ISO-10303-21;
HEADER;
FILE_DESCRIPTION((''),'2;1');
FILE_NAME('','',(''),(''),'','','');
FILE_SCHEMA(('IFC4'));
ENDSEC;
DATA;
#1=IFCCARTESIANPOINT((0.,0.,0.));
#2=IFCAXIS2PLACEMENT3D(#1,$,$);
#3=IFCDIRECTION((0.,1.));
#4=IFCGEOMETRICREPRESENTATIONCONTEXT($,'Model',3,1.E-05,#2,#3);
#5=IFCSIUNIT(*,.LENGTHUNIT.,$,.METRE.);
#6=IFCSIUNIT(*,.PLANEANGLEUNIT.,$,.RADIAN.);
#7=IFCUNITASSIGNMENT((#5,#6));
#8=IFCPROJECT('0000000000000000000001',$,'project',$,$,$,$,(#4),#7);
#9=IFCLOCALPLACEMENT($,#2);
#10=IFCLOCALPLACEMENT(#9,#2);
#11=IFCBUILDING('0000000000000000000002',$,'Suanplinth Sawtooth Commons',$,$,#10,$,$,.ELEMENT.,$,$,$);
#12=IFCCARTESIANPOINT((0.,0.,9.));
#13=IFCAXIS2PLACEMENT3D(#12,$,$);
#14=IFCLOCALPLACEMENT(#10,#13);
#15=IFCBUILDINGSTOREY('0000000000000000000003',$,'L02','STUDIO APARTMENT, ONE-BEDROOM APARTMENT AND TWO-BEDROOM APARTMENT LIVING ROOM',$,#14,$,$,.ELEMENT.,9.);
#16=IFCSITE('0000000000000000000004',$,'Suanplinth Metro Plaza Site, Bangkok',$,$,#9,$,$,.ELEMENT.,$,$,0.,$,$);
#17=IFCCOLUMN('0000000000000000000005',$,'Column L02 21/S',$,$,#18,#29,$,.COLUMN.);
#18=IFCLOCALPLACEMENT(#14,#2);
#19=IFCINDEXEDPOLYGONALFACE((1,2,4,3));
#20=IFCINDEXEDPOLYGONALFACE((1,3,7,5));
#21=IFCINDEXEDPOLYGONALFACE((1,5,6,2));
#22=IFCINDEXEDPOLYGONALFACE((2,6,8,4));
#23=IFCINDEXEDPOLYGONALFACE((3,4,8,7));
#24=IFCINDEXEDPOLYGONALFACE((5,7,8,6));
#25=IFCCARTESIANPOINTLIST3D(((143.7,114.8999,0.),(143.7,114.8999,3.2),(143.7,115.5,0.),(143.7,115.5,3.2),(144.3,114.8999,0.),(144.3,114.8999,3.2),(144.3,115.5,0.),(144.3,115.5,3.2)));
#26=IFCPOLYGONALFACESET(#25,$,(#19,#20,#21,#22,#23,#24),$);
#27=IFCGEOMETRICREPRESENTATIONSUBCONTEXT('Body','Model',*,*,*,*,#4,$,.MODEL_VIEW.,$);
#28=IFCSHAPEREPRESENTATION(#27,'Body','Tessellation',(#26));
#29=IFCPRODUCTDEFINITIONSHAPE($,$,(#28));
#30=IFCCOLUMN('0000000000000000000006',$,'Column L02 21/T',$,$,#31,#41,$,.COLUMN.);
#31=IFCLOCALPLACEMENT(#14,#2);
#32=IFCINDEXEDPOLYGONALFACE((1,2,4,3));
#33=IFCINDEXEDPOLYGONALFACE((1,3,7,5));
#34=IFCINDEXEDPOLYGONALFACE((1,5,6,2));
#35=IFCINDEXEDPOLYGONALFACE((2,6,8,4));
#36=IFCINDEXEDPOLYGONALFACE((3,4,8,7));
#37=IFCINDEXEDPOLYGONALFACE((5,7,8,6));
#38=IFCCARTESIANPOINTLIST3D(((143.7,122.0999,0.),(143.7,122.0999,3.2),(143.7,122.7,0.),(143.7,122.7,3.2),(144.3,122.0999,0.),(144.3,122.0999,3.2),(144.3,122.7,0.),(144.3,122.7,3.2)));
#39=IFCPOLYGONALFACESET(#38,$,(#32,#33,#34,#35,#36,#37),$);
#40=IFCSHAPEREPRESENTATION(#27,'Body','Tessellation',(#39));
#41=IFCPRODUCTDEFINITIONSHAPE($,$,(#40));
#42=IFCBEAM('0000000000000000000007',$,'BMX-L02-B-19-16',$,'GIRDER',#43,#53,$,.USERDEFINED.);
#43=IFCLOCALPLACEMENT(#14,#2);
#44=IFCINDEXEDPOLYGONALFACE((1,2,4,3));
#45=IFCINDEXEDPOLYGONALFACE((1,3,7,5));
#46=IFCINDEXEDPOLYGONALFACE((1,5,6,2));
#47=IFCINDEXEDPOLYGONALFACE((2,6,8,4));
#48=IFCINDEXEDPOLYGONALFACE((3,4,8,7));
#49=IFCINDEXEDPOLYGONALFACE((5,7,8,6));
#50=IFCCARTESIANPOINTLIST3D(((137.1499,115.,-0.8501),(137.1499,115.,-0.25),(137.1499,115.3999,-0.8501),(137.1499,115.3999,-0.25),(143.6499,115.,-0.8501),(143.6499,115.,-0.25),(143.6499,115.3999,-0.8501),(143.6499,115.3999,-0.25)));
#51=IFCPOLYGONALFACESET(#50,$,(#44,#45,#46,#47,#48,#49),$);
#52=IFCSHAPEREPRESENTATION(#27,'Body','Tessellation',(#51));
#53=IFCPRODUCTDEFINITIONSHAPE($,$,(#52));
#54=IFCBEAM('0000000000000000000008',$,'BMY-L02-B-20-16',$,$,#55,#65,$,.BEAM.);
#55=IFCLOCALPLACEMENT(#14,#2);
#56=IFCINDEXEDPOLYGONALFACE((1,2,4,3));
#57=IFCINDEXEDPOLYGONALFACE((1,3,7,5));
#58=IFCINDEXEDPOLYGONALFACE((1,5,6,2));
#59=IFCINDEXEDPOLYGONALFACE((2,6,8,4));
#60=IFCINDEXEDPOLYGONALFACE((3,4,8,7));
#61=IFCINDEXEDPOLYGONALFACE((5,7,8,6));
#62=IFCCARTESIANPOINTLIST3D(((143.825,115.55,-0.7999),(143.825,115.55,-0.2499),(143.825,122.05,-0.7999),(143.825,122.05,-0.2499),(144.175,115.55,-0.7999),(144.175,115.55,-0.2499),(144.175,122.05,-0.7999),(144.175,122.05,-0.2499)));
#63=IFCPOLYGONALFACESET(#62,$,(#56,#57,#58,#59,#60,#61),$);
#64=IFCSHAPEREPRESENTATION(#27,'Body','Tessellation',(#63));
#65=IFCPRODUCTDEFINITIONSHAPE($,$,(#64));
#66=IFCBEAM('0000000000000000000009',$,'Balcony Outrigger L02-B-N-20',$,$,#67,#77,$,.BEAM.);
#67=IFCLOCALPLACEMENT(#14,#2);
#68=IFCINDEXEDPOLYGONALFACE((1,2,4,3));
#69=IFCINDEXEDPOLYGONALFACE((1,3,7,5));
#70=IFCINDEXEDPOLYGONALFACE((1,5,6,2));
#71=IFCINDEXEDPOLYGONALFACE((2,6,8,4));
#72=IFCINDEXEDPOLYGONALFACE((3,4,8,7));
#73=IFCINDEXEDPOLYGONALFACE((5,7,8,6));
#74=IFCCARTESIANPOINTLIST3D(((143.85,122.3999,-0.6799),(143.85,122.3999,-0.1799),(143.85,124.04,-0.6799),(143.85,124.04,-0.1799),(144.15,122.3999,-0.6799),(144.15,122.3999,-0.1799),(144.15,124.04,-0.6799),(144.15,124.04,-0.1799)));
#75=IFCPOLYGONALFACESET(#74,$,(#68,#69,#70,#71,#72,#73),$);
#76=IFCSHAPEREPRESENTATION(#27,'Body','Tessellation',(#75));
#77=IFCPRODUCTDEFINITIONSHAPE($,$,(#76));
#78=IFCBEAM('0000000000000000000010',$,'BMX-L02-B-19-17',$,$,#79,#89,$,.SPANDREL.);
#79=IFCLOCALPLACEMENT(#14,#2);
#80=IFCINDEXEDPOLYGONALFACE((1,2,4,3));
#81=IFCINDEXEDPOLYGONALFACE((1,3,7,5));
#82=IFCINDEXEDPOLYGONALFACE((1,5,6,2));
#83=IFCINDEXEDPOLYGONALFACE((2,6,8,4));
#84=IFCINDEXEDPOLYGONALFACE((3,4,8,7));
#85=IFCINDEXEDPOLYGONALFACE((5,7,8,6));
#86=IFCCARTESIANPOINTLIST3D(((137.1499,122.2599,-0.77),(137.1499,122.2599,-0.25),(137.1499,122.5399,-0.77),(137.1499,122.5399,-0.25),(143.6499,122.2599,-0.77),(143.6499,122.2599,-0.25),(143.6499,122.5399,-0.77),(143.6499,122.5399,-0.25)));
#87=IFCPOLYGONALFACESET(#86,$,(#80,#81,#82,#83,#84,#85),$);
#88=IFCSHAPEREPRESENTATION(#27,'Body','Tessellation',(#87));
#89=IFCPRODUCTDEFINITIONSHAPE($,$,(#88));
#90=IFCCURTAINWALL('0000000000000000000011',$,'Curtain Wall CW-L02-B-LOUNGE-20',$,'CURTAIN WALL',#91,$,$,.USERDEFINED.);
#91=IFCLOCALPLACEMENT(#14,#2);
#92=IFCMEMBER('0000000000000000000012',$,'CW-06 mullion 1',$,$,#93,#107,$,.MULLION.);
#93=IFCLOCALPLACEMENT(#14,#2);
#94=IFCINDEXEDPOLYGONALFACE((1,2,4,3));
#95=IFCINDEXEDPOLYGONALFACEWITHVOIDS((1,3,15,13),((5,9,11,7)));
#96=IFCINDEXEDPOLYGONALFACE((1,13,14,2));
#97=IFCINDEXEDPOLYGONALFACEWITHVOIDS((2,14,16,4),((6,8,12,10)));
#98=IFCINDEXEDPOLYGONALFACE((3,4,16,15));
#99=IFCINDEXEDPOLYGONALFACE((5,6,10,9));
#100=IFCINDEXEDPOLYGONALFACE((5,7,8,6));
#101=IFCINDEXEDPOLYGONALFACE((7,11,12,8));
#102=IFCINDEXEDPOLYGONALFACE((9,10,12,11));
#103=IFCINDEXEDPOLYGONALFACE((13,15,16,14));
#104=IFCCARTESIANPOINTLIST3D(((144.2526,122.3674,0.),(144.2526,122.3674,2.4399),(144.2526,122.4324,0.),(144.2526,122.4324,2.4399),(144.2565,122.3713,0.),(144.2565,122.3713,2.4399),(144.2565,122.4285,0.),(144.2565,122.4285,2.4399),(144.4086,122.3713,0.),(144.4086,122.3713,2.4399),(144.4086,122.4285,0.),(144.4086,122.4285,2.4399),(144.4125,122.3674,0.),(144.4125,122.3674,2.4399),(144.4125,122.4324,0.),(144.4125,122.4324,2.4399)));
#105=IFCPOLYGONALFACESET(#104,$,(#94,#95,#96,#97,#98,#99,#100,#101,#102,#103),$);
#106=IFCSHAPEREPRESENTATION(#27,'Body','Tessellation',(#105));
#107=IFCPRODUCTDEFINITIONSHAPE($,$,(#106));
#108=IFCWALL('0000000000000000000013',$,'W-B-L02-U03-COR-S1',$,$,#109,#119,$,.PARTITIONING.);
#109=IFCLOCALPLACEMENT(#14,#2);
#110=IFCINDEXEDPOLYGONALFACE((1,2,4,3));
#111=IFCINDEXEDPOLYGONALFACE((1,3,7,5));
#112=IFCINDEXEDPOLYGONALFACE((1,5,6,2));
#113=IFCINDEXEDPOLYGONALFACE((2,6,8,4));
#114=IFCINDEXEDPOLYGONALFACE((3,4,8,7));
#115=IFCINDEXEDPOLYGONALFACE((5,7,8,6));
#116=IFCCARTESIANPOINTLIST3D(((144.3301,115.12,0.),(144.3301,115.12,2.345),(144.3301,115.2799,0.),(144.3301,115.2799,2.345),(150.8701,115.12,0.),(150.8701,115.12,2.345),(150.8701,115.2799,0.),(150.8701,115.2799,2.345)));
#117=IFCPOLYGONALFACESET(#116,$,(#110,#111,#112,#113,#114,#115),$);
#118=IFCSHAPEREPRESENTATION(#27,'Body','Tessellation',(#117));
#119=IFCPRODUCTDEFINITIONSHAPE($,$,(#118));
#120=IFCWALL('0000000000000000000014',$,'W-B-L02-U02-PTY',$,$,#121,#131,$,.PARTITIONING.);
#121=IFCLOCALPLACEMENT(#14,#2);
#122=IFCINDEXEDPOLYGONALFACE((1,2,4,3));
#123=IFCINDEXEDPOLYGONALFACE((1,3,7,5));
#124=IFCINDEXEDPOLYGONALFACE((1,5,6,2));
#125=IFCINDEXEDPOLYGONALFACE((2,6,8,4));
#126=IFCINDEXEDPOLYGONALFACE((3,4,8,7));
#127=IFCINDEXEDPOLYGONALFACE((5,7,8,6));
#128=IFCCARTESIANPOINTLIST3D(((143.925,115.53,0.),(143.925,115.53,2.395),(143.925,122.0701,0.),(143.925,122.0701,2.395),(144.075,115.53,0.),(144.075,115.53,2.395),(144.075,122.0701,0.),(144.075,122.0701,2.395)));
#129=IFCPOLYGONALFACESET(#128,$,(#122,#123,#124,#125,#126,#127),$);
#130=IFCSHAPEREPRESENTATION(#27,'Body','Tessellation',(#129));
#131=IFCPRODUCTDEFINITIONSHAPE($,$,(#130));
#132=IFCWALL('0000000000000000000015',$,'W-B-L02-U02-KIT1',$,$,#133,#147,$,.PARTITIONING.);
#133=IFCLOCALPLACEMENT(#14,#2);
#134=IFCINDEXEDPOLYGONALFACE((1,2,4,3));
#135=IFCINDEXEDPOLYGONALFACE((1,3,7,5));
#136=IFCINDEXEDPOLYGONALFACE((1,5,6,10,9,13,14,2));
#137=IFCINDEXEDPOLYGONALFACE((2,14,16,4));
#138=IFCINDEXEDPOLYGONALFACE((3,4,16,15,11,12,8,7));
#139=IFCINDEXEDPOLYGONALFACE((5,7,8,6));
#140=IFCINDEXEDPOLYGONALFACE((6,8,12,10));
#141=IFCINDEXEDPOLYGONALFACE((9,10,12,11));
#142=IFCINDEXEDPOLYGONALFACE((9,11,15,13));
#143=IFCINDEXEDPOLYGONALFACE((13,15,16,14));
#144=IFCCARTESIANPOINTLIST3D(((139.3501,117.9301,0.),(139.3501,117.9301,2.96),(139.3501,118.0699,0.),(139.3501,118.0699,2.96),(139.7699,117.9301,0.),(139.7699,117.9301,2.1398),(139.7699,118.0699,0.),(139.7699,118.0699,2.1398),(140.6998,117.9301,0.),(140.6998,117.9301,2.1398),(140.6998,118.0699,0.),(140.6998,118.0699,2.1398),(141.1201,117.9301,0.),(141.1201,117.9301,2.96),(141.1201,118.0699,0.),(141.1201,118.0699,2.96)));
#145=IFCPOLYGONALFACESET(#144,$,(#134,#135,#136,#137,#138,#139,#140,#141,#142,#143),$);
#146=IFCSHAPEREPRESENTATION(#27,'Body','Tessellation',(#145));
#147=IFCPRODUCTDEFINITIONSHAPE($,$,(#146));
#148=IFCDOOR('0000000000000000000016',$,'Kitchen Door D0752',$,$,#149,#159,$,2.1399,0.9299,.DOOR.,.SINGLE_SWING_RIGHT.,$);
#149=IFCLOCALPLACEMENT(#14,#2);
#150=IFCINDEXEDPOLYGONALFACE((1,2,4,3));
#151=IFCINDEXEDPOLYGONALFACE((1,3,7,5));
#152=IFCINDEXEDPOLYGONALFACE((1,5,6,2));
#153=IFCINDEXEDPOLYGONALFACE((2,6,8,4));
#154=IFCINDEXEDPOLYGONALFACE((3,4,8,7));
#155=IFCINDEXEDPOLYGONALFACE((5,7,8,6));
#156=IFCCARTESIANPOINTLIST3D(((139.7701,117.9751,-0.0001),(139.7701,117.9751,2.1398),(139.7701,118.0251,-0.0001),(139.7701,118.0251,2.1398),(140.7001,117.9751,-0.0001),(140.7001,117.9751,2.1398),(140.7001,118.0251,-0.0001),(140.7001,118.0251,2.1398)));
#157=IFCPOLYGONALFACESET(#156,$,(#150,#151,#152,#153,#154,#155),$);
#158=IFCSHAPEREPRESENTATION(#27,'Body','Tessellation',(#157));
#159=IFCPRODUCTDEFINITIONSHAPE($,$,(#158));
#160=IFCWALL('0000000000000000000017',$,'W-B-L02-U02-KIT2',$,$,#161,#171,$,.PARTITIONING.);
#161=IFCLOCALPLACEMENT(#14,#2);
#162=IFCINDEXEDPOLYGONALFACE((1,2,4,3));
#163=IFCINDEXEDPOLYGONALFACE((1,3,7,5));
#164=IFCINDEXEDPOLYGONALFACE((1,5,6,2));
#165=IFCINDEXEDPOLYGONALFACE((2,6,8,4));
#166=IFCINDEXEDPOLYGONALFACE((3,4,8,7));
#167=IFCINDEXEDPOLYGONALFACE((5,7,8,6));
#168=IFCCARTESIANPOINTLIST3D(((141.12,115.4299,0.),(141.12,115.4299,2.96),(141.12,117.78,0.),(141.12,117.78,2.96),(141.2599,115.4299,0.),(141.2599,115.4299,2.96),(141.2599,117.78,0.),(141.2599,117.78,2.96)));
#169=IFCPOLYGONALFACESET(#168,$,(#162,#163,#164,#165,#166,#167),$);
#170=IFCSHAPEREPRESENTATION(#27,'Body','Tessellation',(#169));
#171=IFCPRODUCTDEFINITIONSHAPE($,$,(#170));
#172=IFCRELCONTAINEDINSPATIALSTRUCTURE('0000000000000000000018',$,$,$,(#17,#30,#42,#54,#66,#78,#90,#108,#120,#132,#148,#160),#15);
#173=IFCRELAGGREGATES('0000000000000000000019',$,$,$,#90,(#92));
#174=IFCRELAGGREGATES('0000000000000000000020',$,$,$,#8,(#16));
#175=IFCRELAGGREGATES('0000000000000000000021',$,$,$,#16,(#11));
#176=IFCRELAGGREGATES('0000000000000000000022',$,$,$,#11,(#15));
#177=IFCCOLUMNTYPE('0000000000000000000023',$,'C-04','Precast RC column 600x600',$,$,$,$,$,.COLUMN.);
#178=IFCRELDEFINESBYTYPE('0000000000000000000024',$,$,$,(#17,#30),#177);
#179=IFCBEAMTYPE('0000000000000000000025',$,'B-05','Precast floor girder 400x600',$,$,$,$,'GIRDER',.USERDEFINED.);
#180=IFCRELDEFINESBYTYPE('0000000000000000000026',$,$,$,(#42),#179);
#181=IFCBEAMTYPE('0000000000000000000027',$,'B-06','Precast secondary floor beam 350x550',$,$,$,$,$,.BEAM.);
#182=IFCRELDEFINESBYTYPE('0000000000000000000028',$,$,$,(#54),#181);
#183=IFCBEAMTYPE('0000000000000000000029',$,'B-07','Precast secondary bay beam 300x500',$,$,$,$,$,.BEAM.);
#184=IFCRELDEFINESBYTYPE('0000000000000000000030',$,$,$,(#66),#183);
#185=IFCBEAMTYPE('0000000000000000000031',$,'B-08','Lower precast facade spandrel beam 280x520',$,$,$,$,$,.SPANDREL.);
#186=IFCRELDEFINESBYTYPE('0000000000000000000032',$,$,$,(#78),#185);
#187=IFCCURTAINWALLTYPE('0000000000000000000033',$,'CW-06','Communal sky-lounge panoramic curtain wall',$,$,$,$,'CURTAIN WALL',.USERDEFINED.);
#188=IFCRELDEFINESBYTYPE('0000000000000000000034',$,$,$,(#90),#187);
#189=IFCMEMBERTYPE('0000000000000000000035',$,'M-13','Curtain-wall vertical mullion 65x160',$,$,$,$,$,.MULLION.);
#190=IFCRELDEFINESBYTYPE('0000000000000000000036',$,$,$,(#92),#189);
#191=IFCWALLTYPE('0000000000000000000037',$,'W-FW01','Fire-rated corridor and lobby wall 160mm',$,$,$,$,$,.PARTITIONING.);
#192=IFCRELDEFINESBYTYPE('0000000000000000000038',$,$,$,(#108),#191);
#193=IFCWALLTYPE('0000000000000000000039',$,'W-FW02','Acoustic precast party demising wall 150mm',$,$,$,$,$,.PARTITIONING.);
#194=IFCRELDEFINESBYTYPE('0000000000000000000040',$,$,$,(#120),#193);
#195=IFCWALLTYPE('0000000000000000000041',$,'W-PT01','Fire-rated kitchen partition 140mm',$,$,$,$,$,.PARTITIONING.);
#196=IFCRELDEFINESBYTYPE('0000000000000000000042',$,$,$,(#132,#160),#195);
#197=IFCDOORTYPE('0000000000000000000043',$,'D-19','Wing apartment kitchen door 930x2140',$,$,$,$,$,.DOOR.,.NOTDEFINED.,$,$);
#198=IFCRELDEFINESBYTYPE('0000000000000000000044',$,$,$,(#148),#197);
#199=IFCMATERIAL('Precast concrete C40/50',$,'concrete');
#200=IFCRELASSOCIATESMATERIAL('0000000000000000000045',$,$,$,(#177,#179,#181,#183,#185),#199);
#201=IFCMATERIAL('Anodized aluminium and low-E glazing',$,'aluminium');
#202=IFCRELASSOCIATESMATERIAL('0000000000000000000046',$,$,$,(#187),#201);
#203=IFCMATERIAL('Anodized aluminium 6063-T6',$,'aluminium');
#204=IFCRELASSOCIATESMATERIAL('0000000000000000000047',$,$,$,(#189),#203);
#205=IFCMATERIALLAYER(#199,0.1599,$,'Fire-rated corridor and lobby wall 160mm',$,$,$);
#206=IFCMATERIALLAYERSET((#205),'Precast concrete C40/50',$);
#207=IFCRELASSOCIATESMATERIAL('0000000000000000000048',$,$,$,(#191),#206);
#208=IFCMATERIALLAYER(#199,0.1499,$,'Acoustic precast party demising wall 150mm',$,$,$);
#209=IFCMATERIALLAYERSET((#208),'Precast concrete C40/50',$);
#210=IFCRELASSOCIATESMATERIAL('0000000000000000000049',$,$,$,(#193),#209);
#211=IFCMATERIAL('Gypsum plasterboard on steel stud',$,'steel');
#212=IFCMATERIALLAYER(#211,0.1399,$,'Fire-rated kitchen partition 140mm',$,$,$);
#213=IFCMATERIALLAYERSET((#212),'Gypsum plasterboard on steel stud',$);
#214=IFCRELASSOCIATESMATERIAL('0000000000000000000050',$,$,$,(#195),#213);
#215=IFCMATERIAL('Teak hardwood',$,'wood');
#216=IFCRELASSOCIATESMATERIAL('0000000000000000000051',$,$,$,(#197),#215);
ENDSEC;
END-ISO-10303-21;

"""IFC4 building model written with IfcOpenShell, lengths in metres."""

from ifc_helpers import new_model, si_unit, direction, frame, frame_2d, origin, origin_2d, place, context, subcontext, project, spatial, rectangle, hollow_rectangle, extrude, material, layer, layer_set, material_profile, profile_set, type_object, element, fill, aggregate, save


model = new_model("IFC4")

# Units and contexts
model_context = context("Model", 3, precision=1e-05, world=origin(), true_north=direction((0.0, 1.0)))
body_context = subcontext(model_context, "Body", "Model", "MODEL_VIEW")
ifc_project = project(units=[si_unit("LENGTHUNIT", "METRE"), si_unit("PLANEANGLEUNIT", "RADIAN")], contexts=[model_context])

# Site, building, storey
site_placement = place(None, origin())
site = spatial("IfcSite", under=ifc_project, at=site_placement, Name="Suanplinth Metro Plaza Site, Bangkok", CompositionType="ELEMENT", RefElevation=0.0)
building_placement = place(site_placement, origin())
building = spatial("IfcBuilding", under=site, at=building_placement, Name="Suanplinth Sawtooth Commons", CompositionType="ELEMENT")
storey_placement = place(building_placement, frame((0.0, 0.0, 9.0)))
storey = spatial("IfcBuildingStorey", under=building, at=storey_placement, Name="L02", Description="STUDIO APARTMENT, ONE-BEDROOM APARTMENT AND TWO-BEDROOM APARTMENT LIVING ROOM", CompositionType="ELEMENT", Elevation=9.0)

# Columns
ifc_material_1 = material(Name="Precast concrete C40/50", Category="concrete")
ifc_material_profile_1 = material_profile(ifc_material_1, rectangle(XDim=0.6001, YDim=0.6001, at=origin_2d()), Name="PC-COL 600x600")
ifc_profile_set_1 = profile_set([ifc_material_profile_1], Name="Precast concrete C40/50")
column_type = type_object("IfcColumnType", Name="C-04", Description="Precast RC column 600x600", PredefinedType="COLUMN", material=ifc_profile_set_1)
for number, where, z_axis, x_axis, name in (
    (1, (144.0, 115.2, 0.0), (0.0, 0.0, 1.0), (1.0, 0.0, 0.0), "Column L02 21/S"),
    (2, (144.0, 122.3999, 0.0), (0.0, 0.0, 1.0), (1.0, 0.0, 0.0), "Column L02 21/T"),
):
    element("IfcColumn", number, at=place(storey_placement, frame(where, z_axis=z_axis, x_axis=x_axis)), inside=storey, type_object=column_type, Name=name, PredefinedType="COLUMN", context=body_context, shape_type="SweptSolid", body=[
        extrude(rectangle(XDim=0.6001, YDim=0.6001, at=origin_2d()), origin(), (0.0, 0.0, 1.0), 3.2),
    ])

# Beams
ifc_material_profile_2 = material_profile(ifc_material_1, rectangle(XDim=0.3999, YDim=0.6001, at=origin_2d()), Name="PC-GDR 400x600")
ifc_profile_set_2 = profile_set([ifc_material_profile_2], Name="Precast concrete C40/50")
beam_type_1 = type_object("IfcBeamType", Name="B-05", Description="Precast floor girder 400x600", ElementType="GIRDER", PredefinedType="USERDEFINED", material=ifc_profile_set_2)
beam_1_placement = place(storey_placement, frame((137.1499, 115.2, -0.55), z_axis=(1.0, 0.0, 0.0), x_axis=(0.0, 1.0, 0.0)))
element("IfcBeam", 3, at=beam_1_placement, inside=storey, type_object=beam_type_1, Name="BMX-L02-B-19-16", ObjectType="GIRDER", PredefinedType="USERDEFINED", context=body_context, shape_type="SweptSolid", body=[
    extrude(rectangle(XDim=0.3999, YDim=0.6001, at=origin_2d()), origin(), (0.0, 0.0, 1.0), 6.5),
])
ifc_material_profile_3 = material_profile(ifc_material_1, rectangle(XDim=0.3501, YDim=0.55, at=origin_2d()), Name="PC-BM 350x550")
ifc_profile_set_3 = profile_set([ifc_material_profile_3], Name="Precast concrete C40/50")
beam_type_2 = type_object("IfcBeamType", Name="B-06", Description="Precast secondary floor beam 350x550", PredefinedType="BEAM", material=ifc_profile_set_3)
beam_2_placement = place(storey_placement, frame((144.0, 115.55, -0.5249), z_axis=(0.0, 1.0, 0.0), x_axis=(-1.0, 0.0, 0.0)))
element("IfcBeam", 4, at=beam_2_placement, inside=storey, type_object=beam_type_2, Name="BMY-L02-B-20-16", PredefinedType="BEAM", context=body_context, shape_type="SweptSolid", body=[
    extrude(rectangle(XDim=0.3501, YDim=0.55, at=origin_2d()), origin(), (0.0, 0.0, 1.0), 6.5),
])
ifc_material_profile_4 = material_profile(ifc_material_1, rectangle(XDim=0.3, YDim=0.5, at=origin_2d()), Name="PC-BM 300x500")
ifc_profile_set_4 = profile_set([ifc_material_profile_4], Name="Precast concrete C40/50")
beam_type_3 = type_object("IfcBeamType", Name="B-07", Description="Precast secondary bay beam 300x500", PredefinedType="BEAM", material=ifc_profile_set_4)
beam_3_placement = place(storey_placement, frame((144.0, 122.3999, -0.4299), z_axis=(0.0, 1.0, 0.0), x_axis=(-1.0, 0.0, 0.0)))
element("IfcBeam", 5, at=beam_3_placement, inside=storey, type_object=beam_type_3, Name="Balcony Outrigger L02-B-N-20", PredefinedType="BEAM", context=body_context, shape_type="SweptSolid", body=[
    extrude(rectangle(XDim=0.3, YDim=0.5, at=origin_2d()), origin(), (0.0, 0.0, 1.0), 1.6401),
])
ifc_material_profile_5 = material_profile(ifc_material_1, rectangle(XDim=0.28, YDim=0.52, at=origin_2d()), Name="PC-SP 280x520")
ifc_profile_set_5 = profile_set([ifc_material_profile_5], Name="Precast concrete C40/50")
beam_type_4 = type_object("IfcBeamType", Name="B-08", Description="Lower precast facade spandrel beam 280x520", PredefinedType="SPANDREL", material=ifc_profile_set_5)
beam_4_placement = place(storey_placement, frame((137.1499, 122.3999, -0.51), z_axis=(1.0, 0.0, 0.0), x_axis=(0.0, 1.0, 0.0)))
element("IfcBeam", 6, at=beam_4_placement, inside=storey, type_object=beam_type_4, Name="BMX-L02-B-19-17", PredefinedType="SPANDREL", context=body_context, shape_type="SweptSolid", body=[
    extrude(rectangle(XDim=0.28, YDim=0.52, at=origin_2d()), origin(), (0.0, 0.0, 1.0), 6.5),
])

# Curtain wall, member
ifc_material_2 = material(Name="Anodized aluminium and low-E glazing", Category="aluminium")
curtain_wall_type = type_object("IfcCurtainWallType", Name="CW-06", Description="Communal sky-lounge panoramic curtain wall", ElementType="CURTAIN WALL", PredefinedType="USERDEFINED", material=ifc_material_2)
curtain_wall_placement = place(storey_placement, origin())
curtain_wall = element("IfcCurtainWall", 7, at=curtain_wall_placement, inside=storey, type_object=curtain_wall_type, Name="Curtain Wall CW-L02-B-LOUNGE-20", ObjectType="CURTAIN WALL", PredefinedType="USERDEFINED")
ifc_material_3 = material(Name="Anodized aluminium 6063-T6", Category="aluminium")
ifc_material_profile_6 = material_profile(ifc_material_3, hollow_rectangle(XDim=0.0649, YDim=0.1599, WallThickness=0.0039, at=origin_2d()), Name="ALU-MUL 65x160")
ifc_profile_set_6 = profile_set([ifc_material_profile_6], Name="Anodized aluminium 6063-T6")
member_type = type_object("IfcMemberType", Name="M-13", Description="Curtain-wall vertical mullion 65x160", PredefinedType="MULLION", material=ifc_profile_set_6)
member_placement = place(storey_placement, frame((144.3325, 122.3999, 0.0), z_axis=(0.0, 0.0, 1.0), x_axis=(0.0, 1.0, 0.0)))
member = element("IfcMember", 8, at=member_placement, type_object=member_type, Name="CW-06 mullion 1", PredefinedType="MULLION", context=body_context, shape_type="SweptSolid", body=[
    extrude(hollow_rectangle(XDim=0.0649, YDim=0.1599, WallThickness=0.0039, at=origin_2d()), origin(), (0.0, 0.0, 1.0), 2.4399),
])
aggregate(curtain_wall, [member])

# Shared definitions
ifc_layer_1 = layer(ifc_material_1, 0.1599, Name="Fire-rated corridor and lobby wall 160mm")
ifc_layer_set_1 = layer_set([ifc_layer_1], Name="Precast concrete C40/50")
wall_type_1 = type_object("IfcWallType", Name="W-FW01", Description="Fire-rated corridor and lobby wall 160mm", PredefinedType="PARTITIONING", material=ifc_layer_set_1)

# Walls
wall_1_placement = place(storey_placement, frame((144.3301, 115.2, 0.0), z_axis=(0.0, 0.0, 1.0), x_axis=(1.0, 0.0, 0.0)))
element("IfcWall", 9, at=wall_1_placement, inside=storey, type_object=wall_type_1, Name="W-B-L02-U03-COR-S1", PredefinedType="PARTITIONING", context=body_context, shape_type="SweptSolid", body=[
    extrude(rectangle(XDim=6.54, YDim=0.1599, at=frame_2d((3.27, 0.0))), origin(), (0.0, 0.0, 1.0), 2.345),
])
ifc_layer_2 = layer(ifc_material_1, 0.1499, Name="Acoustic precast party demising wall 150mm")
ifc_layer_set_2 = layer_set([ifc_layer_2], Name="Precast concrete C40/50")
wall_type_2 = type_object("IfcWallType", Name="W-FW02", Description="Acoustic precast party demising wall 150mm", PredefinedType="PARTITIONING", material=ifc_layer_set_2)
wall_2_placement = place(storey_placement, frame((144.0, 115.53, 0.0), z_axis=(0.0, 0.0, 1.0), x_axis=(0.0, 1.0, 0.0)))
element("IfcWall", 10, at=wall_2_placement, inside=storey, type_object=wall_type_2, Name="W-B-L02-U02-PTY", PredefinedType="PARTITIONING", context=body_context, shape_type="SweptSolid", body=[
    extrude(rectangle(XDim=6.54, YDim=0.1499, at=frame_2d((3.27, 0.0))), origin(), (0.0, 0.0, 1.0), 2.395),
])

# Wall, opening, door
ifc_material_4 = material(Name="Gypsum plasterboard on steel stud", Category="steel")
ifc_layer_3 = layer(ifc_material_4, 0.1399, Name="Fire-rated kitchen partition 140mm")
ifc_layer_set_3 = layer_set([ifc_layer_3], Name="Gypsum plasterboard on steel stud")
wall_type_3 = type_object("IfcWallType", Name="W-PT01", Description="Fire-rated kitchen partition 140mm", PredefinedType="PARTITIONING", material=ifc_layer_set_3)
wall_3_placement = place(storey_placement, frame((139.3501, 118.0, 0.0), z_axis=(0.0, 0.0, 1.0), x_axis=(1.0, 0.0, 0.0)))
wall_3 = element("IfcWall", 11, at=wall_3_placement, inside=storey, type_object=wall_type_3, Name="W-B-L02-U02-KIT1", PredefinedType="PARTITIONING", context=body_context, shape_type="SweptSolid", body=[
    extrude(rectangle(XDim=1.77, YDim=0.1399, at=frame_2d((0.885, 0.0))), origin(), (0.0, 0.0, 1.0), 2.96),
])
opening_1_placement = place(wall_3_placement, frame((0.4199, 0.0, 0.0)))
opening_1 = element("IfcOpeningElement", 12, at=opening_1_placement, cuts=wall_3, PredefinedType="OPENING", context=body_context, shape_type="SweptSolid", body=[
    extrude(rectangle(XDim=0.9299, YDim=2.1399, at=frame_2d((0.4648, 1.0698))), frame((0.0, 0.085, 0.0), z_axis=(0.0, -1.0, 0.0), x_axis=(1.0, 0.0, 0.0)), (0.0, 0.0, 1.0), 0.1697),
])
ifc_material_5 = material(Name="Teak hardwood", Category="wood")
door_type_1 = type_object("IfcDoorType", Name="D-19", Description="Wing apartment kitchen door 930x2140", OperationType="NOTDEFINED", PredefinedType="DOOR", material=ifc_material_5)
door_1_placement = place(opening_1_placement, frame((0.9299, 0.0, 0.0), z_axis=(0.0, 0.0, 1.0), x_axis=(-1.0, 0.0, 0.0)))
door_1 = element("IfcDoor", 13, at=door_1_placement, inside=storey, type_object=door_type_1, Name="Kitchen Door D0752", OperationType="SINGLE_SWING_RIGHT", OverallHeight=2.1399, OverallWidth=0.9299, PredefinedType="DOOR", context=body_context, shape_type="SweptSolid", body=[
    extrude(rectangle(XDim=0.9299, YDim=2.1399, at=frame_2d((0.4648, 1.0698))), frame((0.0, 0.0249, 0.0), z_axis=(0.0, -1.0, 0.0), x_axis=(1.0, 0.0, 0.0)), (0.0, 0.0, 1.0), 0.05),
])
fill(opening_1, door_1)

# Wall
wall_4_placement = place(storey_placement, frame((141.1899, 115.4299, 0.0), z_axis=(0.0, 0.0, 1.0), x_axis=(0.0, 1.0, 0.0)))
element("IfcWall", 14, at=wall_4_placement, inside=storey, type_object=wall_type_3, Name="W-B-L02-U02-KIT2", PredefinedType="PARTITIONING", context=body_context, shape_type="SweptSolid", body=[
    extrude(rectangle(XDim=2.3501, YDim=0.1399, at=frame_2d((1.175, 0.0))), origin(), (0.0, 0.0, 1.0), 2.96),
])

save(model, "model.ifc")
